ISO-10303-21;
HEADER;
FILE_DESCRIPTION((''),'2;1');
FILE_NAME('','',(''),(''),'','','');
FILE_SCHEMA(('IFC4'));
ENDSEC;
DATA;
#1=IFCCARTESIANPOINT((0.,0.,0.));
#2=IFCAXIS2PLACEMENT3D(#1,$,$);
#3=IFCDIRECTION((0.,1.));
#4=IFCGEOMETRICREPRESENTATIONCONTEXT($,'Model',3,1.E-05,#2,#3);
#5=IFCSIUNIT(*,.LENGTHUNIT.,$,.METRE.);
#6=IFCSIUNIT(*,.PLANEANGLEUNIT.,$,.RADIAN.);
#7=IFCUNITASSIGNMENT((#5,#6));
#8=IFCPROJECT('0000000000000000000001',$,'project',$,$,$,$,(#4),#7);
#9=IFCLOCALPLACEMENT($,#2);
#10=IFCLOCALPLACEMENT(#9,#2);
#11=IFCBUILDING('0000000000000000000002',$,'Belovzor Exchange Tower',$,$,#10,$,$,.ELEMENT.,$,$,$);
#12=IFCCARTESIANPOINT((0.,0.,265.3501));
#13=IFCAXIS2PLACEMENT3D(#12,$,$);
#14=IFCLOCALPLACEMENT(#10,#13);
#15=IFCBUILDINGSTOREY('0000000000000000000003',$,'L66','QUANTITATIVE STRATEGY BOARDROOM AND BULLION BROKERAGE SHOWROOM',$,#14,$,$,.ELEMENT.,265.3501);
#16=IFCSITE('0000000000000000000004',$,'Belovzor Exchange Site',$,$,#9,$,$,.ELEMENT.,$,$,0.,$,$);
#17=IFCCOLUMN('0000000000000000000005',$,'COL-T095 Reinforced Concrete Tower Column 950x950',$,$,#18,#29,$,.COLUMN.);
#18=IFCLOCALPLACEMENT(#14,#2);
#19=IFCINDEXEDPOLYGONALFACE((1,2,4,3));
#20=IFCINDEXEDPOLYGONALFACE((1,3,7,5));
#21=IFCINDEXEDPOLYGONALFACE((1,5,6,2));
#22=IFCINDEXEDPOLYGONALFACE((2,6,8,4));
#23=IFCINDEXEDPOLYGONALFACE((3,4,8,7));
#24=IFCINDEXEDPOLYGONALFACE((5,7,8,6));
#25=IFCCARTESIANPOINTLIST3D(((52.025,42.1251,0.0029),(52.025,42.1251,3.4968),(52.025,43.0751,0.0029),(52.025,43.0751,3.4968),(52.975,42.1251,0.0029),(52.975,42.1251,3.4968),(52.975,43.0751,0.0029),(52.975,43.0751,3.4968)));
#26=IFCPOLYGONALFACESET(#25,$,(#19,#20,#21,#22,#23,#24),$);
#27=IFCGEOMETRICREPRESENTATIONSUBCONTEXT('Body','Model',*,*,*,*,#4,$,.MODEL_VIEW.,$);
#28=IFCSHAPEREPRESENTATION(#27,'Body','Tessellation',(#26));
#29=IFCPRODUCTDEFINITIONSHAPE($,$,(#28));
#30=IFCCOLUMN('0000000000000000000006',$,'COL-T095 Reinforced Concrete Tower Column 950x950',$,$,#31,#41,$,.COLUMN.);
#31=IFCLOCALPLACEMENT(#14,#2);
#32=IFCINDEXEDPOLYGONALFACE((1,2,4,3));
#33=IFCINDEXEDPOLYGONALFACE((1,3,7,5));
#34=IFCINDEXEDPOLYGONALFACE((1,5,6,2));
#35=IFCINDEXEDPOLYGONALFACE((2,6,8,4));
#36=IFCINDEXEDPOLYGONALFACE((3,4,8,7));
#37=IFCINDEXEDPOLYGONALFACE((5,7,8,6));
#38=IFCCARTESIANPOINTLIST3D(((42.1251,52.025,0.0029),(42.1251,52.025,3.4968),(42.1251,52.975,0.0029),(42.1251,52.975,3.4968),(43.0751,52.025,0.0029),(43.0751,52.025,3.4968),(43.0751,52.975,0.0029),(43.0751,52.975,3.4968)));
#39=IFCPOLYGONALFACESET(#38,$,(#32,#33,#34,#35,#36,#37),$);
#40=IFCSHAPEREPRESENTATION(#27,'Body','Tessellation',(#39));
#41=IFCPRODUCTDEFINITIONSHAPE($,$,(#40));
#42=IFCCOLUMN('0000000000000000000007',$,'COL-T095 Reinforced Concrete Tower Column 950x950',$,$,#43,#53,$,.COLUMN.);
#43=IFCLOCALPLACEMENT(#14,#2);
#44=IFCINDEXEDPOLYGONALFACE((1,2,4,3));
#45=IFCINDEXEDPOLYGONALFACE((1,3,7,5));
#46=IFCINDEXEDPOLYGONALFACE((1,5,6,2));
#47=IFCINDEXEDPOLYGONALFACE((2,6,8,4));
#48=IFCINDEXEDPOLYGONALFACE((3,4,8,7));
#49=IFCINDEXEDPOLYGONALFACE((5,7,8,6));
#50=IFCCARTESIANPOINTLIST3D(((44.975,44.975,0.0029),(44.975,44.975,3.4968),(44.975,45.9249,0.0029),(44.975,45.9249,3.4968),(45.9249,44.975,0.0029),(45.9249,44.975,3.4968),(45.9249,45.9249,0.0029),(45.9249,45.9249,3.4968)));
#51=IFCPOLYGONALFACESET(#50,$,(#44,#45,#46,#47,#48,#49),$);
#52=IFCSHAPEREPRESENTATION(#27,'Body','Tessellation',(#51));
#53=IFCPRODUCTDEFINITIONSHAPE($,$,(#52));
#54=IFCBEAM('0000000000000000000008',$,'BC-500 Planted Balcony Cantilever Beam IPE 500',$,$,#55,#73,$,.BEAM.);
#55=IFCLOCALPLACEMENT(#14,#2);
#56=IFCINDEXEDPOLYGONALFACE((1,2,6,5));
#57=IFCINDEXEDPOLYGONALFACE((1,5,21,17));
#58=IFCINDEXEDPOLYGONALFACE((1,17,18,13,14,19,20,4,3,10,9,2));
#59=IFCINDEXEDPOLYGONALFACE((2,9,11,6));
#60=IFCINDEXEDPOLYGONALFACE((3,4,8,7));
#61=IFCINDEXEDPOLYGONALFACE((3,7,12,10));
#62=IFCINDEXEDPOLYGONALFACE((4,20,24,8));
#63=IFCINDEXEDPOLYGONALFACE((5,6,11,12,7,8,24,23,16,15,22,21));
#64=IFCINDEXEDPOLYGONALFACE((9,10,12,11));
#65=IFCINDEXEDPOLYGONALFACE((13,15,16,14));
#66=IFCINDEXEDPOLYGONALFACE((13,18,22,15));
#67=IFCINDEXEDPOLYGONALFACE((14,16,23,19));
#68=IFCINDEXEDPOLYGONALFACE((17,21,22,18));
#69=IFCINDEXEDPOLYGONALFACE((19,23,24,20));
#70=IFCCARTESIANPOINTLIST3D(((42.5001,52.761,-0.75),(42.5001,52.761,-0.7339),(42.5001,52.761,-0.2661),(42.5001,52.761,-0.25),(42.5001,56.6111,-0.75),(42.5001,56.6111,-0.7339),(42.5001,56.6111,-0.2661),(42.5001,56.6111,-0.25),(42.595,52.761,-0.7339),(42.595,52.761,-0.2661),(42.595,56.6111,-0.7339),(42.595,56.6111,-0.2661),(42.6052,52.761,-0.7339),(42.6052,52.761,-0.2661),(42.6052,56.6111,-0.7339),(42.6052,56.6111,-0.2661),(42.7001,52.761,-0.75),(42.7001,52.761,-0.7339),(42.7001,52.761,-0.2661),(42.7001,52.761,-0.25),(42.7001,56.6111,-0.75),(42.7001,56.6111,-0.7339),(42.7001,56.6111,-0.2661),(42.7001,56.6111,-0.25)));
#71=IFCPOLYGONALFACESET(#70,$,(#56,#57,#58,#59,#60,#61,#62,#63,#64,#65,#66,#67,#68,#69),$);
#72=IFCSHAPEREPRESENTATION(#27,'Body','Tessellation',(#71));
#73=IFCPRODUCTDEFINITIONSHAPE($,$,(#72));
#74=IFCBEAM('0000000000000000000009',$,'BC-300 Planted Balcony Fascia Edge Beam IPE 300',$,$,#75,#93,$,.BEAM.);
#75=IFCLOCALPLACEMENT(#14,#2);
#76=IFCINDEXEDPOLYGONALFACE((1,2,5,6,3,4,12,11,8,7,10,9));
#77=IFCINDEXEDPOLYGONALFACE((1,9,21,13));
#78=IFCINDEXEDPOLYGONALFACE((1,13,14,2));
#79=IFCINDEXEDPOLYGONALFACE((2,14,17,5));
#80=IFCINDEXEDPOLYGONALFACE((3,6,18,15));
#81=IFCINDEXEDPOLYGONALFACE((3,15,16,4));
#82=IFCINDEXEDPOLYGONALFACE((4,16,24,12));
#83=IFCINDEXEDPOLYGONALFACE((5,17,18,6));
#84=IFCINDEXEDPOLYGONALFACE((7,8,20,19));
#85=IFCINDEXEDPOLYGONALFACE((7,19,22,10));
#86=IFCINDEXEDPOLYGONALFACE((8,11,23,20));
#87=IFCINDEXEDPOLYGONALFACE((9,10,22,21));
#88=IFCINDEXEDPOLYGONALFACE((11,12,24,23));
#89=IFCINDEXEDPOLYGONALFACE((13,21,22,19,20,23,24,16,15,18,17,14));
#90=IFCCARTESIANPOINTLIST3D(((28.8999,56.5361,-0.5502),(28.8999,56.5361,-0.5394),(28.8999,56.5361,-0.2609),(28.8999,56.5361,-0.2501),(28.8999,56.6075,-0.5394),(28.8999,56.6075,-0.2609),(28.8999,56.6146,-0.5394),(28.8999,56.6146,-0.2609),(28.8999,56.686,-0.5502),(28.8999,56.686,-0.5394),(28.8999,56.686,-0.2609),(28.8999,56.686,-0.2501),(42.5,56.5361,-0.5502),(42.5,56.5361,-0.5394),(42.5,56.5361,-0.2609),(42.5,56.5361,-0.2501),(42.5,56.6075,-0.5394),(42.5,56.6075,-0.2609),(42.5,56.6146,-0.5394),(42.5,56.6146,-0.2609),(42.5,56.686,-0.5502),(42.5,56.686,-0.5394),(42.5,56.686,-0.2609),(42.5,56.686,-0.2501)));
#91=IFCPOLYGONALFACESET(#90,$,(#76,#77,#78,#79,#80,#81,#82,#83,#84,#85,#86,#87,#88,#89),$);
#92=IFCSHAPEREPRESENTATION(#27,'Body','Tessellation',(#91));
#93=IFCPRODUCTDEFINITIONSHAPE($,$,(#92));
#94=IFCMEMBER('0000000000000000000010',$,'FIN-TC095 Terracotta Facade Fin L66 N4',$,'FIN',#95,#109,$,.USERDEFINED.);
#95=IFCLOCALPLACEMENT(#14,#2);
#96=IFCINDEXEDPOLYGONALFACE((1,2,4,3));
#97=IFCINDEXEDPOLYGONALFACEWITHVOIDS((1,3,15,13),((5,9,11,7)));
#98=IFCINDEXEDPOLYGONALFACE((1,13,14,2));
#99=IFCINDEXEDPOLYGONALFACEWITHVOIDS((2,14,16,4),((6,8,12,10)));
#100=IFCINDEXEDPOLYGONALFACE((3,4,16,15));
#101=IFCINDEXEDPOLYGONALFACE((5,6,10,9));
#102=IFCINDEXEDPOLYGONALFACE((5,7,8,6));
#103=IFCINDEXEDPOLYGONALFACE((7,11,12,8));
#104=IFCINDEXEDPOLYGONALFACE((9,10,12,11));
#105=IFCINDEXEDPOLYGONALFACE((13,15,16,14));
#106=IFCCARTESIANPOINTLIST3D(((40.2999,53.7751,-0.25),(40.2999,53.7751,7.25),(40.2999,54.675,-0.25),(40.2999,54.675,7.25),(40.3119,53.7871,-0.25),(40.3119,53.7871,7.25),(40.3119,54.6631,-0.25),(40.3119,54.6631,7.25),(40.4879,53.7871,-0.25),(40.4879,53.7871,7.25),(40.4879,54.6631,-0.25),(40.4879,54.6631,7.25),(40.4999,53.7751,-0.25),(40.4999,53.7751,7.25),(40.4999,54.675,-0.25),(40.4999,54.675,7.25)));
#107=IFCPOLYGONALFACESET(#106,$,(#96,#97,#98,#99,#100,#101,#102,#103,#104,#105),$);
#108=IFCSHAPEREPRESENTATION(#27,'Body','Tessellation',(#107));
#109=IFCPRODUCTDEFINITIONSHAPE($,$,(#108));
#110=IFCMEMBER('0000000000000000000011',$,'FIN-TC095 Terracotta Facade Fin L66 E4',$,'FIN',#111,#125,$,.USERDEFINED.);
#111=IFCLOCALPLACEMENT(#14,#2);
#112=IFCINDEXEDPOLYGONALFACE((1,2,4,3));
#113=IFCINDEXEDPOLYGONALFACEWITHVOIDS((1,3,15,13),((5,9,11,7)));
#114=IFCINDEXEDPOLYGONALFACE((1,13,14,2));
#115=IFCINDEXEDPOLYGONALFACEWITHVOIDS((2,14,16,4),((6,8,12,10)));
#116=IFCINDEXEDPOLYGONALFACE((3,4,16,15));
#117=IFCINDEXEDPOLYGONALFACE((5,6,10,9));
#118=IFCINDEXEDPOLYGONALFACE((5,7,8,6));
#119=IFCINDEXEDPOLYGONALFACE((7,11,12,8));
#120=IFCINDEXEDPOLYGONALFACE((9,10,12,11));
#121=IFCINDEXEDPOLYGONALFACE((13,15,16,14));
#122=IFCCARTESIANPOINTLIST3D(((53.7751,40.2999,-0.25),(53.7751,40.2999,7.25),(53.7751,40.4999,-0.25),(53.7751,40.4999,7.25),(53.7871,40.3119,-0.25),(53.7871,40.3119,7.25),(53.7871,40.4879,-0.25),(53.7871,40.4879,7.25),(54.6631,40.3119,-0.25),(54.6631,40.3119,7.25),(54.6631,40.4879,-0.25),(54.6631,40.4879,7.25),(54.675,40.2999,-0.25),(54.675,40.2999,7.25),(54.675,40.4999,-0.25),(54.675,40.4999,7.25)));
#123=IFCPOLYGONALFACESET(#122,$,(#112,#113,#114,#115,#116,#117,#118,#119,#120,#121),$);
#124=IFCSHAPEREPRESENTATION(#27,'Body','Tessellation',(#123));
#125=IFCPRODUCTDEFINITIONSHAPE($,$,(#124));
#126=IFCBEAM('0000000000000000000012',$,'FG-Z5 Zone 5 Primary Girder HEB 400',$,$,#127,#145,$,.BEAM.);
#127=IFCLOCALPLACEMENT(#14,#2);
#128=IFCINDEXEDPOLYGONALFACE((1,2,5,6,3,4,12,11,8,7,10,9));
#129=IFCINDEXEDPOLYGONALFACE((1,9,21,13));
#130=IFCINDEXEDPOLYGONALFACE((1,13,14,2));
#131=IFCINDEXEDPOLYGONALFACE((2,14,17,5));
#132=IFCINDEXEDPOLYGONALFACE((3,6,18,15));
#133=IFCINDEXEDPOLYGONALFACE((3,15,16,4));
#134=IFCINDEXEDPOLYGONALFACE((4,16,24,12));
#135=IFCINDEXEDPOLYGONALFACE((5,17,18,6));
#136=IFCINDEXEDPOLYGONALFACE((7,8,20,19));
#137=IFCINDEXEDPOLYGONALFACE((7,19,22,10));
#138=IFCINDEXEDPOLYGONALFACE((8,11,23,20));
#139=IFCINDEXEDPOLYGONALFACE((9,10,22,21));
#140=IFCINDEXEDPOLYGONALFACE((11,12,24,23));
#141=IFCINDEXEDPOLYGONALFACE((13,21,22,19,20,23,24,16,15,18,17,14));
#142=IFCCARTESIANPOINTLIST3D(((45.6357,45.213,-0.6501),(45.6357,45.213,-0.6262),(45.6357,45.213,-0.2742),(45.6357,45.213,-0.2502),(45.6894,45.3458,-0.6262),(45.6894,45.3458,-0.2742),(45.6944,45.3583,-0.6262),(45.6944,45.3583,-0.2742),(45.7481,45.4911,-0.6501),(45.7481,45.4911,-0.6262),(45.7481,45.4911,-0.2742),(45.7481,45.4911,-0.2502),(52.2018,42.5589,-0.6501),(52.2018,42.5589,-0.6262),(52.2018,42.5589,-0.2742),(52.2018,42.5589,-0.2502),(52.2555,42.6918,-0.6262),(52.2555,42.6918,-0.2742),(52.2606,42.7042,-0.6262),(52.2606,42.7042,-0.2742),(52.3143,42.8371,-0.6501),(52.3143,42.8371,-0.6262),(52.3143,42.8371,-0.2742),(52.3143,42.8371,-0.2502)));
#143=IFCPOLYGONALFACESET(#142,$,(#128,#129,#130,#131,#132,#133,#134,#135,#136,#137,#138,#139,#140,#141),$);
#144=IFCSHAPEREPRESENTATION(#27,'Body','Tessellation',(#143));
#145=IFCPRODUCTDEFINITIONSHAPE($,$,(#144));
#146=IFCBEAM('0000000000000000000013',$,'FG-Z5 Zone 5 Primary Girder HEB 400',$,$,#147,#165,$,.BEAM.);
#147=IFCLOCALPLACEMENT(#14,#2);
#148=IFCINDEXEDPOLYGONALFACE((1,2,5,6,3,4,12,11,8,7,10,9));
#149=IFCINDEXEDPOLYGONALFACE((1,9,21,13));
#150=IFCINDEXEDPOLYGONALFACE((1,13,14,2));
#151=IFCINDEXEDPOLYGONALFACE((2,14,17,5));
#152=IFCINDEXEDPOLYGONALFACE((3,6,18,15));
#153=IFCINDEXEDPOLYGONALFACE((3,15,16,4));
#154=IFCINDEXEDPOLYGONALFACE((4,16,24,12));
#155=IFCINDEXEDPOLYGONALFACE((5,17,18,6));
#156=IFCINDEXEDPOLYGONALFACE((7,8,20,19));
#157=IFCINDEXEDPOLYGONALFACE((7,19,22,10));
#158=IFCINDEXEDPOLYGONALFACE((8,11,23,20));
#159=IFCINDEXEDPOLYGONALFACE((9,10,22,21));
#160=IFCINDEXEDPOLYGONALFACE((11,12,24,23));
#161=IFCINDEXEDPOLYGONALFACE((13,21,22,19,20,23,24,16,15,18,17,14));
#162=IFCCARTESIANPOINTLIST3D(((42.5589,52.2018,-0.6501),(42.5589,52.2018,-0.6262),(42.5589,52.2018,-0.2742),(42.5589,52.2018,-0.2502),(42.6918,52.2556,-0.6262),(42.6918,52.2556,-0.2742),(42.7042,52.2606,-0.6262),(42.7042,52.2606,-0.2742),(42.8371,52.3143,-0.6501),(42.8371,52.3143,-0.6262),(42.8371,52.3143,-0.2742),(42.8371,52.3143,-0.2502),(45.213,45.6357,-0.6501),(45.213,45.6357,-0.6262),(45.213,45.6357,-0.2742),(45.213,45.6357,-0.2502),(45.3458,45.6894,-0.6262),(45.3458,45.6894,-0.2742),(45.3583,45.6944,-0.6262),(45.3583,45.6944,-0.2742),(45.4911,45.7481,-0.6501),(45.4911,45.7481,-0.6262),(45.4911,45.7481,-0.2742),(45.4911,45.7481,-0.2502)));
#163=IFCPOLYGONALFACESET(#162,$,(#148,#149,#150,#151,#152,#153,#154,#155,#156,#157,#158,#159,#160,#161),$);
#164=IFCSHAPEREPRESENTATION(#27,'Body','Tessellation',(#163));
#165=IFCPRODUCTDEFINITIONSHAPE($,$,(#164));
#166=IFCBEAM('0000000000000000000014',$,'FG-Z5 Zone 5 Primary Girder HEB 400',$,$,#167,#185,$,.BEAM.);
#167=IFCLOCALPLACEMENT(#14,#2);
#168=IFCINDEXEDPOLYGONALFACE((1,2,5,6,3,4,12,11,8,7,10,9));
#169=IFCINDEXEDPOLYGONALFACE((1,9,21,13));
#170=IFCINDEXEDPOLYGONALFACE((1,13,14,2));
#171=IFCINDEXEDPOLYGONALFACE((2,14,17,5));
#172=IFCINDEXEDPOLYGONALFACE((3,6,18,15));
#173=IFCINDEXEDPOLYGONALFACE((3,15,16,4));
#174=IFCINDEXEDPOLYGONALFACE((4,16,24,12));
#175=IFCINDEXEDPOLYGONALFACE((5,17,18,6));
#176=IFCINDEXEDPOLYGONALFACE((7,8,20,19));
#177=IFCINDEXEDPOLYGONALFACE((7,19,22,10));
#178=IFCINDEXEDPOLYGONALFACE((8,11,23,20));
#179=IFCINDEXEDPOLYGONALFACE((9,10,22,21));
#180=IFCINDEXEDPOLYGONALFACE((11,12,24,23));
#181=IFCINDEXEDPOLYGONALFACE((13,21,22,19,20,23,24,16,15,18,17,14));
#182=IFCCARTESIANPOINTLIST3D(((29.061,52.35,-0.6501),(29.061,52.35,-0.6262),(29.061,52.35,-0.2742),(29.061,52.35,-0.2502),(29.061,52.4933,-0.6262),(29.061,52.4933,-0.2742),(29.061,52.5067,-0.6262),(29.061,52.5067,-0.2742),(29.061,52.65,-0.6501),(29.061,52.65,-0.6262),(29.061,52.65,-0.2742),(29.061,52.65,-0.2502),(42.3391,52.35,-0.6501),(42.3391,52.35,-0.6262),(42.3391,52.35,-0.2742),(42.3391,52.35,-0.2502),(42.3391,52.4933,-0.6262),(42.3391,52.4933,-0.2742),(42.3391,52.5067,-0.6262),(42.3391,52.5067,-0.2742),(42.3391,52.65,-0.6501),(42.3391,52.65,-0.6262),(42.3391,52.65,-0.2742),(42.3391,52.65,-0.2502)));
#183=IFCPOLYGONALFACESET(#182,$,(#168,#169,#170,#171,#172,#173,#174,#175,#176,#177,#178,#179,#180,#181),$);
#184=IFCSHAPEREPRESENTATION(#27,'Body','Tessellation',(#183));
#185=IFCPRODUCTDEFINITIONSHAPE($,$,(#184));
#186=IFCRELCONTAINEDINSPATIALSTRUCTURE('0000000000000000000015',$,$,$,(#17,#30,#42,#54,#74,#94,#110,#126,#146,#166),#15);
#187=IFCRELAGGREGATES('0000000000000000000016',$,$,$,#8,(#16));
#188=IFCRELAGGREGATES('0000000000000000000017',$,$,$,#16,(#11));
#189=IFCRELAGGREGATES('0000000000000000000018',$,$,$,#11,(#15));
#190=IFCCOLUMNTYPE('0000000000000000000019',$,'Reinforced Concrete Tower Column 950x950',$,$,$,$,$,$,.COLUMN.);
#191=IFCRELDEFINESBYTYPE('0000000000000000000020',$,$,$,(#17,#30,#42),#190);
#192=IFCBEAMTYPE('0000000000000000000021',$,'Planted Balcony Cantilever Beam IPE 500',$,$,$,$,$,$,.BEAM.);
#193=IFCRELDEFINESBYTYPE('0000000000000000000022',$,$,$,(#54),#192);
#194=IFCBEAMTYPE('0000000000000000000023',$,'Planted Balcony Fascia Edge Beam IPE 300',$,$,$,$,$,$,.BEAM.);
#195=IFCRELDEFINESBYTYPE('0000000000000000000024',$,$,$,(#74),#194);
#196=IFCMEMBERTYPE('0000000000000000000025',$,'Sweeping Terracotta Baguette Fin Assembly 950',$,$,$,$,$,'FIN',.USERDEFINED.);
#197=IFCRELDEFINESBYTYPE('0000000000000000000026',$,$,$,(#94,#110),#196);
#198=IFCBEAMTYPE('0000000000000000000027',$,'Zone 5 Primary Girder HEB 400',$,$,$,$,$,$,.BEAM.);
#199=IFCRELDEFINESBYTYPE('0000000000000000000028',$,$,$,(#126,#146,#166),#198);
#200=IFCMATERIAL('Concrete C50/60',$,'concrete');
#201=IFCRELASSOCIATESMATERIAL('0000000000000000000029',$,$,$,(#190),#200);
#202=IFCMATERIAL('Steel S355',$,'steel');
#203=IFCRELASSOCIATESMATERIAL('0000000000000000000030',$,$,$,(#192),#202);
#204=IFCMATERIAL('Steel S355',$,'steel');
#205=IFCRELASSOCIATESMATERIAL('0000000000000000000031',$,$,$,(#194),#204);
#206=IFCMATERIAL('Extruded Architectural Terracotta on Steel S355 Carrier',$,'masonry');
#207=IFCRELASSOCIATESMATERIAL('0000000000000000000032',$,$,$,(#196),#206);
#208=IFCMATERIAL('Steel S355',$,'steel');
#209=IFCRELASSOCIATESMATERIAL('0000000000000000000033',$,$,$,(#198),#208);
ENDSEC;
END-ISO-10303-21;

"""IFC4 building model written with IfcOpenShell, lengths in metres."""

from ifc_helpers import new_model, si_unit, direction, frame, origin, origin_2d, place, context, subcontext, project, spatial, rectangle, hollow_rectangle, i_section, extrude, material, material_profile, profile_set, type_object, element, save


model = new_model("IFC4")

# Units and contexts
model_context = context("Model", 3, precision=1e-05, world=origin(), true_north=direction((0.0, 1.0)))
body_context = subcontext(model_context, "Body", "Model", "MODEL_VIEW")
ifc_project = project(units=[si_unit("LENGTHUNIT", "METRE"), si_unit("PLANEANGLEUNIT", "RADIAN")], contexts=[model_context])

# Site, building, storey
site_placement = place(None, origin())
site = spatial("IfcSite", under=ifc_project, at=site_placement, Name="Belovzor Exchange Site", CompositionType="ELEMENT", RefElevation=0.0)
building_placement = place(site_placement, origin())
building = spatial("IfcBuilding", under=site, at=building_placement, Name="Belovzor Exchange Tower", CompositionType="ELEMENT")
storey_placement = place(building_placement, frame((0.0, 0.0, 265.3501)))
storey = spatial("IfcBuildingStorey", under=building, at=storey_placement, Name="L66", Description="QUANTITATIVE STRATEGY BOARDROOM AND BULLION BROKERAGE SHOWROOM", CompositionType="ELEMENT", Elevation=265.3501)

# Columns
ifc_material_1 = material(Name="Concrete C50/60", Category="concrete")
ifc_material_profile_1 = material_profile(ifc_material_1, rectangle(XDim=0.95, YDim=0.95, at=origin_2d()))
ifc_profile_set_1 = profile_set([ifc_material_profile_1], Name="Concrete C50/60")
column_type = type_object("IfcColumnType", Name="Reinforced Concrete Tower Column 950x950", PredefinedType="COLUMN", material=ifc_profile_set_1)
for number, where, z_axis, x_axis, name in (
    (1, (52.5, 42.6001, 0.0029), (0.0, 0.0, 1.0), (1.0, 0.0, 0.0), "COL-T095 Reinforced Concrete Tower Column 950x950"),
    (2, (42.6001, 52.5, 0.0029), (0.0, 0.0, 1.0), (1.0, 0.0, 0.0), "COL-T095 Reinforced Concrete Tower Column 950x950"),
    (3, (45.45, 45.45, 0.0029), (0.0, 0.0, 1.0), (1.0, 0.0, 0.0), "COL-T095 Reinforced Concrete Tower Column 950x950"),
):
    element("IfcColumn", number, at=place(storey_placement, frame(where, z_axis=z_axis, x_axis=x_axis)), inside=storey, type_object=column_type, Name=name, PredefinedType="COLUMN", context=body_context, shape_type="SweptSolid", body=[
        extrude(rectangle(XDim=0.95, YDim=0.95, at=origin_2d()), origin(), (0.0, 0.0, 1.0), 3.4939),
    ])

# Beams
ifc_material_2 = material(Name="Steel S355", Category="steel")
ifc_material_profile_2 = material_profile(ifc_material_2, i_section(OverallWidth=0.2, OverallDepth=0.5, WebThickness=0.0103, FlangeThickness=0.0161, at=origin_2d()))
ifc_profile_set_2 = profile_set([ifc_material_profile_2], Name="Steel S355")
beam_type_1 = type_object("IfcBeamType", Name="Planted Balcony Cantilever Beam IPE 500", PredefinedType="BEAM", material=ifc_profile_set_2)
beam_1_placement = place(storey_placement, frame((42.6001, 52.761, -0.5), z_axis=(0.0, 1.0, 0.0), x_axis=(-1.0, 0.0, 0.0)))
element("IfcBeam", 4, at=beam_1_placement, inside=storey, type_object=beam_type_1, Name="BC-500 Planted Balcony Cantilever Beam IPE 500", PredefinedType="BEAM", context=body_context, shape_type="SweptSolid", body=[
    extrude(i_section(OverallWidth=0.2, OverallDepth=0.5, WebThickness=0.0103, FlangeThickness=0.0161, at=origin_2d()), origin(), (0.0, 0.0, 1.0), 3.8501),
])
ifc_material_3 = material(Name="Steel S355", Category="steel")
ifc_material_profile_3 = material_profile(ifc_material_3, i_section(OverallWidth=0.1499, OverallDepth=0.3, WebThickness=0.0071, FlangeThickness=0.0107, at=origin_2d()))
ifc_profile_set_3 = profile_set([ifc_material_profile_3], Name="Steel S355")
beam_type_2 = type_object("IfcBeamType", Name="Planted Balcony Fascia Edge Beam IPE 300", PredefinedType="BEAM", material=ifc_profile_set_3)
beam_2_placement = place(storey_placement, frame((42.5, 56.6111, -0.4001), z_axis=(-1.0, 0.0, 0.0), x_axis=(0.0, -1.0, 0.0)))
element("IfcBeam", 5, at=beam_2_placement, inside=storey, type_object=beam_type_2, Name="BC-300 Planted Balcony Fascia Edge Beam IPE 300", PredefinedType="BEAM", context=body_context, shape_type="SweptSolid", body=[
    extrude(i_section(OverallWidth=0.1499, OverallDepth=0.3, WebThickness=0.0071, FlangeThickness=0.0107, at=origin_2d()), origin(), (0.0, 0.0, 1.0), 13.6001),
])

# Members
ifc_material_4 = material(Name="Extruded Architectural Terracotta on Steel S355 Carrier", Category="masonry")
ifc_material_profile_4 = material_profile(ifc_material_4, hollow_rectangle(XDim=0.2, YDim=0.8999, WallThickness=0.012, at=origin_2d()))
ifc_profile_set_4 = profile_set([ifc_material_profile_4], Name="Extruded Architectural Terracotta on Steel S355 Carrier")
member_type = type_object("IfcMemberType", Name="Sweeping Terracotta Baguette Fin Assembly 950", ElementType="FIN", PredefinedType="USERDEFINED", material=ifc_profile_set_4)
for number, where, z_axis, x_axis, name in (
    (6, (40.3999, 54.2251, -0.25), (0.0, 0.0, 1.0), (1.0, 0.0, 0.0), "FIN-TC095 Terracotta Facade Fin L66 N4"),
    (7, (54.2251, 40.3999, -0.25), (0.0, 0.0, 1.0), (0.0, 1.0, 0.0), "FIN-TC095 Terracotta Facade Fin L66 E4"),
):
    element("IfcMember", number, at=place(storey_placement, frame(where, z_axis=z_axis, x_axis=x_axis)), inside=storey, type_object=member_type, Name=name, ObjectType="FIN", PredefinedType="USERDEFINED", context=body_context, shape_type="SweptSolid", body=[
        extrude(hollow_rectangle(XDim=0.2, YDim=0.8999, WallThickness=0.012, at=origin_2d()), origin(), (0.0, 0.0, 1.0), 7.5),
    ])

# Beams
ifc_material_5 = material(Name="Steel S355", Category="steel")
ifc_material_profile_5 = material_profile(ifc_material_5, i_section(OverallWidth=0.3, OverallDepth=0.3999, WebThickness=0.0134, FlangeThickness=0.0239, at=origin_2d()))
ifc_profile_set_5 = profile_set([ifc_material_profile_5], Name="Steel S355")
beam_type_3 = type_object("IfcBeamType", Name="Zone 5 Primary Girder HEB 400", PredefinedType="BEAM", material=ifc_profile_set_5)
for number, where, z_axis, x_axis, name in (
    (8, (52.2581, 42.698, -0.4502), (-0.927127, 0.374746, 0.0), (-0.374746, -0.927127, 0.0), "FG-Z5 Zone 5 Primary Girder HEB 400"),
    (9, (45.3521, 45.6919, -0.4502), (-0.374746, 0.927127, 0.0), (-0.927127, -0.374746, 0.0), "FG-Z5 Zone 5 Primary Girder HEB 400"),
):
    element("IfcBeam", number, at=place(storey_placement, frame(where, z_axis=z_axis, x_axis=x_axis)), inside=storey, type_object=beam_type_3, Name=name, PredefinedType="BEAM", context=body_context, shape_type="SweptSolid", body=[
        extrude(i_section(OverallWidth=0.3, OverallDepth=0.3999, WebThickness=0.0134, FlangeThickness=0.0239, at=origin_2d()), origin(), (0.0, 0.0, 1.0), 7.0823),
    ])
beam_3_placement = place(storey_placement, frame((42.3391, 52.5, -0.4502), z_axis=(-1.0, 0.0, 0.0), x_axis=(0.0, -1.0, 0.0)))
element("IfcBeam", 10, at=beam_3_placement, inside=storey, type_object=beam_type_3, Name="FG-Z5 Zone 5 Primary Girder HEB 400", PredefinedType="BEAM", context=body_context, shape_type="SweptSolid", body=[
    extrude(i_section(OverallWidth=0.3, OverallDepth=0.3999, WebThickness=0.0134, FlangeThickness=0.0239, at=origin_2d()), origin(), (0.0, 0.0, 1.0), 13.2781),
])

save(model, "model.ifc")
